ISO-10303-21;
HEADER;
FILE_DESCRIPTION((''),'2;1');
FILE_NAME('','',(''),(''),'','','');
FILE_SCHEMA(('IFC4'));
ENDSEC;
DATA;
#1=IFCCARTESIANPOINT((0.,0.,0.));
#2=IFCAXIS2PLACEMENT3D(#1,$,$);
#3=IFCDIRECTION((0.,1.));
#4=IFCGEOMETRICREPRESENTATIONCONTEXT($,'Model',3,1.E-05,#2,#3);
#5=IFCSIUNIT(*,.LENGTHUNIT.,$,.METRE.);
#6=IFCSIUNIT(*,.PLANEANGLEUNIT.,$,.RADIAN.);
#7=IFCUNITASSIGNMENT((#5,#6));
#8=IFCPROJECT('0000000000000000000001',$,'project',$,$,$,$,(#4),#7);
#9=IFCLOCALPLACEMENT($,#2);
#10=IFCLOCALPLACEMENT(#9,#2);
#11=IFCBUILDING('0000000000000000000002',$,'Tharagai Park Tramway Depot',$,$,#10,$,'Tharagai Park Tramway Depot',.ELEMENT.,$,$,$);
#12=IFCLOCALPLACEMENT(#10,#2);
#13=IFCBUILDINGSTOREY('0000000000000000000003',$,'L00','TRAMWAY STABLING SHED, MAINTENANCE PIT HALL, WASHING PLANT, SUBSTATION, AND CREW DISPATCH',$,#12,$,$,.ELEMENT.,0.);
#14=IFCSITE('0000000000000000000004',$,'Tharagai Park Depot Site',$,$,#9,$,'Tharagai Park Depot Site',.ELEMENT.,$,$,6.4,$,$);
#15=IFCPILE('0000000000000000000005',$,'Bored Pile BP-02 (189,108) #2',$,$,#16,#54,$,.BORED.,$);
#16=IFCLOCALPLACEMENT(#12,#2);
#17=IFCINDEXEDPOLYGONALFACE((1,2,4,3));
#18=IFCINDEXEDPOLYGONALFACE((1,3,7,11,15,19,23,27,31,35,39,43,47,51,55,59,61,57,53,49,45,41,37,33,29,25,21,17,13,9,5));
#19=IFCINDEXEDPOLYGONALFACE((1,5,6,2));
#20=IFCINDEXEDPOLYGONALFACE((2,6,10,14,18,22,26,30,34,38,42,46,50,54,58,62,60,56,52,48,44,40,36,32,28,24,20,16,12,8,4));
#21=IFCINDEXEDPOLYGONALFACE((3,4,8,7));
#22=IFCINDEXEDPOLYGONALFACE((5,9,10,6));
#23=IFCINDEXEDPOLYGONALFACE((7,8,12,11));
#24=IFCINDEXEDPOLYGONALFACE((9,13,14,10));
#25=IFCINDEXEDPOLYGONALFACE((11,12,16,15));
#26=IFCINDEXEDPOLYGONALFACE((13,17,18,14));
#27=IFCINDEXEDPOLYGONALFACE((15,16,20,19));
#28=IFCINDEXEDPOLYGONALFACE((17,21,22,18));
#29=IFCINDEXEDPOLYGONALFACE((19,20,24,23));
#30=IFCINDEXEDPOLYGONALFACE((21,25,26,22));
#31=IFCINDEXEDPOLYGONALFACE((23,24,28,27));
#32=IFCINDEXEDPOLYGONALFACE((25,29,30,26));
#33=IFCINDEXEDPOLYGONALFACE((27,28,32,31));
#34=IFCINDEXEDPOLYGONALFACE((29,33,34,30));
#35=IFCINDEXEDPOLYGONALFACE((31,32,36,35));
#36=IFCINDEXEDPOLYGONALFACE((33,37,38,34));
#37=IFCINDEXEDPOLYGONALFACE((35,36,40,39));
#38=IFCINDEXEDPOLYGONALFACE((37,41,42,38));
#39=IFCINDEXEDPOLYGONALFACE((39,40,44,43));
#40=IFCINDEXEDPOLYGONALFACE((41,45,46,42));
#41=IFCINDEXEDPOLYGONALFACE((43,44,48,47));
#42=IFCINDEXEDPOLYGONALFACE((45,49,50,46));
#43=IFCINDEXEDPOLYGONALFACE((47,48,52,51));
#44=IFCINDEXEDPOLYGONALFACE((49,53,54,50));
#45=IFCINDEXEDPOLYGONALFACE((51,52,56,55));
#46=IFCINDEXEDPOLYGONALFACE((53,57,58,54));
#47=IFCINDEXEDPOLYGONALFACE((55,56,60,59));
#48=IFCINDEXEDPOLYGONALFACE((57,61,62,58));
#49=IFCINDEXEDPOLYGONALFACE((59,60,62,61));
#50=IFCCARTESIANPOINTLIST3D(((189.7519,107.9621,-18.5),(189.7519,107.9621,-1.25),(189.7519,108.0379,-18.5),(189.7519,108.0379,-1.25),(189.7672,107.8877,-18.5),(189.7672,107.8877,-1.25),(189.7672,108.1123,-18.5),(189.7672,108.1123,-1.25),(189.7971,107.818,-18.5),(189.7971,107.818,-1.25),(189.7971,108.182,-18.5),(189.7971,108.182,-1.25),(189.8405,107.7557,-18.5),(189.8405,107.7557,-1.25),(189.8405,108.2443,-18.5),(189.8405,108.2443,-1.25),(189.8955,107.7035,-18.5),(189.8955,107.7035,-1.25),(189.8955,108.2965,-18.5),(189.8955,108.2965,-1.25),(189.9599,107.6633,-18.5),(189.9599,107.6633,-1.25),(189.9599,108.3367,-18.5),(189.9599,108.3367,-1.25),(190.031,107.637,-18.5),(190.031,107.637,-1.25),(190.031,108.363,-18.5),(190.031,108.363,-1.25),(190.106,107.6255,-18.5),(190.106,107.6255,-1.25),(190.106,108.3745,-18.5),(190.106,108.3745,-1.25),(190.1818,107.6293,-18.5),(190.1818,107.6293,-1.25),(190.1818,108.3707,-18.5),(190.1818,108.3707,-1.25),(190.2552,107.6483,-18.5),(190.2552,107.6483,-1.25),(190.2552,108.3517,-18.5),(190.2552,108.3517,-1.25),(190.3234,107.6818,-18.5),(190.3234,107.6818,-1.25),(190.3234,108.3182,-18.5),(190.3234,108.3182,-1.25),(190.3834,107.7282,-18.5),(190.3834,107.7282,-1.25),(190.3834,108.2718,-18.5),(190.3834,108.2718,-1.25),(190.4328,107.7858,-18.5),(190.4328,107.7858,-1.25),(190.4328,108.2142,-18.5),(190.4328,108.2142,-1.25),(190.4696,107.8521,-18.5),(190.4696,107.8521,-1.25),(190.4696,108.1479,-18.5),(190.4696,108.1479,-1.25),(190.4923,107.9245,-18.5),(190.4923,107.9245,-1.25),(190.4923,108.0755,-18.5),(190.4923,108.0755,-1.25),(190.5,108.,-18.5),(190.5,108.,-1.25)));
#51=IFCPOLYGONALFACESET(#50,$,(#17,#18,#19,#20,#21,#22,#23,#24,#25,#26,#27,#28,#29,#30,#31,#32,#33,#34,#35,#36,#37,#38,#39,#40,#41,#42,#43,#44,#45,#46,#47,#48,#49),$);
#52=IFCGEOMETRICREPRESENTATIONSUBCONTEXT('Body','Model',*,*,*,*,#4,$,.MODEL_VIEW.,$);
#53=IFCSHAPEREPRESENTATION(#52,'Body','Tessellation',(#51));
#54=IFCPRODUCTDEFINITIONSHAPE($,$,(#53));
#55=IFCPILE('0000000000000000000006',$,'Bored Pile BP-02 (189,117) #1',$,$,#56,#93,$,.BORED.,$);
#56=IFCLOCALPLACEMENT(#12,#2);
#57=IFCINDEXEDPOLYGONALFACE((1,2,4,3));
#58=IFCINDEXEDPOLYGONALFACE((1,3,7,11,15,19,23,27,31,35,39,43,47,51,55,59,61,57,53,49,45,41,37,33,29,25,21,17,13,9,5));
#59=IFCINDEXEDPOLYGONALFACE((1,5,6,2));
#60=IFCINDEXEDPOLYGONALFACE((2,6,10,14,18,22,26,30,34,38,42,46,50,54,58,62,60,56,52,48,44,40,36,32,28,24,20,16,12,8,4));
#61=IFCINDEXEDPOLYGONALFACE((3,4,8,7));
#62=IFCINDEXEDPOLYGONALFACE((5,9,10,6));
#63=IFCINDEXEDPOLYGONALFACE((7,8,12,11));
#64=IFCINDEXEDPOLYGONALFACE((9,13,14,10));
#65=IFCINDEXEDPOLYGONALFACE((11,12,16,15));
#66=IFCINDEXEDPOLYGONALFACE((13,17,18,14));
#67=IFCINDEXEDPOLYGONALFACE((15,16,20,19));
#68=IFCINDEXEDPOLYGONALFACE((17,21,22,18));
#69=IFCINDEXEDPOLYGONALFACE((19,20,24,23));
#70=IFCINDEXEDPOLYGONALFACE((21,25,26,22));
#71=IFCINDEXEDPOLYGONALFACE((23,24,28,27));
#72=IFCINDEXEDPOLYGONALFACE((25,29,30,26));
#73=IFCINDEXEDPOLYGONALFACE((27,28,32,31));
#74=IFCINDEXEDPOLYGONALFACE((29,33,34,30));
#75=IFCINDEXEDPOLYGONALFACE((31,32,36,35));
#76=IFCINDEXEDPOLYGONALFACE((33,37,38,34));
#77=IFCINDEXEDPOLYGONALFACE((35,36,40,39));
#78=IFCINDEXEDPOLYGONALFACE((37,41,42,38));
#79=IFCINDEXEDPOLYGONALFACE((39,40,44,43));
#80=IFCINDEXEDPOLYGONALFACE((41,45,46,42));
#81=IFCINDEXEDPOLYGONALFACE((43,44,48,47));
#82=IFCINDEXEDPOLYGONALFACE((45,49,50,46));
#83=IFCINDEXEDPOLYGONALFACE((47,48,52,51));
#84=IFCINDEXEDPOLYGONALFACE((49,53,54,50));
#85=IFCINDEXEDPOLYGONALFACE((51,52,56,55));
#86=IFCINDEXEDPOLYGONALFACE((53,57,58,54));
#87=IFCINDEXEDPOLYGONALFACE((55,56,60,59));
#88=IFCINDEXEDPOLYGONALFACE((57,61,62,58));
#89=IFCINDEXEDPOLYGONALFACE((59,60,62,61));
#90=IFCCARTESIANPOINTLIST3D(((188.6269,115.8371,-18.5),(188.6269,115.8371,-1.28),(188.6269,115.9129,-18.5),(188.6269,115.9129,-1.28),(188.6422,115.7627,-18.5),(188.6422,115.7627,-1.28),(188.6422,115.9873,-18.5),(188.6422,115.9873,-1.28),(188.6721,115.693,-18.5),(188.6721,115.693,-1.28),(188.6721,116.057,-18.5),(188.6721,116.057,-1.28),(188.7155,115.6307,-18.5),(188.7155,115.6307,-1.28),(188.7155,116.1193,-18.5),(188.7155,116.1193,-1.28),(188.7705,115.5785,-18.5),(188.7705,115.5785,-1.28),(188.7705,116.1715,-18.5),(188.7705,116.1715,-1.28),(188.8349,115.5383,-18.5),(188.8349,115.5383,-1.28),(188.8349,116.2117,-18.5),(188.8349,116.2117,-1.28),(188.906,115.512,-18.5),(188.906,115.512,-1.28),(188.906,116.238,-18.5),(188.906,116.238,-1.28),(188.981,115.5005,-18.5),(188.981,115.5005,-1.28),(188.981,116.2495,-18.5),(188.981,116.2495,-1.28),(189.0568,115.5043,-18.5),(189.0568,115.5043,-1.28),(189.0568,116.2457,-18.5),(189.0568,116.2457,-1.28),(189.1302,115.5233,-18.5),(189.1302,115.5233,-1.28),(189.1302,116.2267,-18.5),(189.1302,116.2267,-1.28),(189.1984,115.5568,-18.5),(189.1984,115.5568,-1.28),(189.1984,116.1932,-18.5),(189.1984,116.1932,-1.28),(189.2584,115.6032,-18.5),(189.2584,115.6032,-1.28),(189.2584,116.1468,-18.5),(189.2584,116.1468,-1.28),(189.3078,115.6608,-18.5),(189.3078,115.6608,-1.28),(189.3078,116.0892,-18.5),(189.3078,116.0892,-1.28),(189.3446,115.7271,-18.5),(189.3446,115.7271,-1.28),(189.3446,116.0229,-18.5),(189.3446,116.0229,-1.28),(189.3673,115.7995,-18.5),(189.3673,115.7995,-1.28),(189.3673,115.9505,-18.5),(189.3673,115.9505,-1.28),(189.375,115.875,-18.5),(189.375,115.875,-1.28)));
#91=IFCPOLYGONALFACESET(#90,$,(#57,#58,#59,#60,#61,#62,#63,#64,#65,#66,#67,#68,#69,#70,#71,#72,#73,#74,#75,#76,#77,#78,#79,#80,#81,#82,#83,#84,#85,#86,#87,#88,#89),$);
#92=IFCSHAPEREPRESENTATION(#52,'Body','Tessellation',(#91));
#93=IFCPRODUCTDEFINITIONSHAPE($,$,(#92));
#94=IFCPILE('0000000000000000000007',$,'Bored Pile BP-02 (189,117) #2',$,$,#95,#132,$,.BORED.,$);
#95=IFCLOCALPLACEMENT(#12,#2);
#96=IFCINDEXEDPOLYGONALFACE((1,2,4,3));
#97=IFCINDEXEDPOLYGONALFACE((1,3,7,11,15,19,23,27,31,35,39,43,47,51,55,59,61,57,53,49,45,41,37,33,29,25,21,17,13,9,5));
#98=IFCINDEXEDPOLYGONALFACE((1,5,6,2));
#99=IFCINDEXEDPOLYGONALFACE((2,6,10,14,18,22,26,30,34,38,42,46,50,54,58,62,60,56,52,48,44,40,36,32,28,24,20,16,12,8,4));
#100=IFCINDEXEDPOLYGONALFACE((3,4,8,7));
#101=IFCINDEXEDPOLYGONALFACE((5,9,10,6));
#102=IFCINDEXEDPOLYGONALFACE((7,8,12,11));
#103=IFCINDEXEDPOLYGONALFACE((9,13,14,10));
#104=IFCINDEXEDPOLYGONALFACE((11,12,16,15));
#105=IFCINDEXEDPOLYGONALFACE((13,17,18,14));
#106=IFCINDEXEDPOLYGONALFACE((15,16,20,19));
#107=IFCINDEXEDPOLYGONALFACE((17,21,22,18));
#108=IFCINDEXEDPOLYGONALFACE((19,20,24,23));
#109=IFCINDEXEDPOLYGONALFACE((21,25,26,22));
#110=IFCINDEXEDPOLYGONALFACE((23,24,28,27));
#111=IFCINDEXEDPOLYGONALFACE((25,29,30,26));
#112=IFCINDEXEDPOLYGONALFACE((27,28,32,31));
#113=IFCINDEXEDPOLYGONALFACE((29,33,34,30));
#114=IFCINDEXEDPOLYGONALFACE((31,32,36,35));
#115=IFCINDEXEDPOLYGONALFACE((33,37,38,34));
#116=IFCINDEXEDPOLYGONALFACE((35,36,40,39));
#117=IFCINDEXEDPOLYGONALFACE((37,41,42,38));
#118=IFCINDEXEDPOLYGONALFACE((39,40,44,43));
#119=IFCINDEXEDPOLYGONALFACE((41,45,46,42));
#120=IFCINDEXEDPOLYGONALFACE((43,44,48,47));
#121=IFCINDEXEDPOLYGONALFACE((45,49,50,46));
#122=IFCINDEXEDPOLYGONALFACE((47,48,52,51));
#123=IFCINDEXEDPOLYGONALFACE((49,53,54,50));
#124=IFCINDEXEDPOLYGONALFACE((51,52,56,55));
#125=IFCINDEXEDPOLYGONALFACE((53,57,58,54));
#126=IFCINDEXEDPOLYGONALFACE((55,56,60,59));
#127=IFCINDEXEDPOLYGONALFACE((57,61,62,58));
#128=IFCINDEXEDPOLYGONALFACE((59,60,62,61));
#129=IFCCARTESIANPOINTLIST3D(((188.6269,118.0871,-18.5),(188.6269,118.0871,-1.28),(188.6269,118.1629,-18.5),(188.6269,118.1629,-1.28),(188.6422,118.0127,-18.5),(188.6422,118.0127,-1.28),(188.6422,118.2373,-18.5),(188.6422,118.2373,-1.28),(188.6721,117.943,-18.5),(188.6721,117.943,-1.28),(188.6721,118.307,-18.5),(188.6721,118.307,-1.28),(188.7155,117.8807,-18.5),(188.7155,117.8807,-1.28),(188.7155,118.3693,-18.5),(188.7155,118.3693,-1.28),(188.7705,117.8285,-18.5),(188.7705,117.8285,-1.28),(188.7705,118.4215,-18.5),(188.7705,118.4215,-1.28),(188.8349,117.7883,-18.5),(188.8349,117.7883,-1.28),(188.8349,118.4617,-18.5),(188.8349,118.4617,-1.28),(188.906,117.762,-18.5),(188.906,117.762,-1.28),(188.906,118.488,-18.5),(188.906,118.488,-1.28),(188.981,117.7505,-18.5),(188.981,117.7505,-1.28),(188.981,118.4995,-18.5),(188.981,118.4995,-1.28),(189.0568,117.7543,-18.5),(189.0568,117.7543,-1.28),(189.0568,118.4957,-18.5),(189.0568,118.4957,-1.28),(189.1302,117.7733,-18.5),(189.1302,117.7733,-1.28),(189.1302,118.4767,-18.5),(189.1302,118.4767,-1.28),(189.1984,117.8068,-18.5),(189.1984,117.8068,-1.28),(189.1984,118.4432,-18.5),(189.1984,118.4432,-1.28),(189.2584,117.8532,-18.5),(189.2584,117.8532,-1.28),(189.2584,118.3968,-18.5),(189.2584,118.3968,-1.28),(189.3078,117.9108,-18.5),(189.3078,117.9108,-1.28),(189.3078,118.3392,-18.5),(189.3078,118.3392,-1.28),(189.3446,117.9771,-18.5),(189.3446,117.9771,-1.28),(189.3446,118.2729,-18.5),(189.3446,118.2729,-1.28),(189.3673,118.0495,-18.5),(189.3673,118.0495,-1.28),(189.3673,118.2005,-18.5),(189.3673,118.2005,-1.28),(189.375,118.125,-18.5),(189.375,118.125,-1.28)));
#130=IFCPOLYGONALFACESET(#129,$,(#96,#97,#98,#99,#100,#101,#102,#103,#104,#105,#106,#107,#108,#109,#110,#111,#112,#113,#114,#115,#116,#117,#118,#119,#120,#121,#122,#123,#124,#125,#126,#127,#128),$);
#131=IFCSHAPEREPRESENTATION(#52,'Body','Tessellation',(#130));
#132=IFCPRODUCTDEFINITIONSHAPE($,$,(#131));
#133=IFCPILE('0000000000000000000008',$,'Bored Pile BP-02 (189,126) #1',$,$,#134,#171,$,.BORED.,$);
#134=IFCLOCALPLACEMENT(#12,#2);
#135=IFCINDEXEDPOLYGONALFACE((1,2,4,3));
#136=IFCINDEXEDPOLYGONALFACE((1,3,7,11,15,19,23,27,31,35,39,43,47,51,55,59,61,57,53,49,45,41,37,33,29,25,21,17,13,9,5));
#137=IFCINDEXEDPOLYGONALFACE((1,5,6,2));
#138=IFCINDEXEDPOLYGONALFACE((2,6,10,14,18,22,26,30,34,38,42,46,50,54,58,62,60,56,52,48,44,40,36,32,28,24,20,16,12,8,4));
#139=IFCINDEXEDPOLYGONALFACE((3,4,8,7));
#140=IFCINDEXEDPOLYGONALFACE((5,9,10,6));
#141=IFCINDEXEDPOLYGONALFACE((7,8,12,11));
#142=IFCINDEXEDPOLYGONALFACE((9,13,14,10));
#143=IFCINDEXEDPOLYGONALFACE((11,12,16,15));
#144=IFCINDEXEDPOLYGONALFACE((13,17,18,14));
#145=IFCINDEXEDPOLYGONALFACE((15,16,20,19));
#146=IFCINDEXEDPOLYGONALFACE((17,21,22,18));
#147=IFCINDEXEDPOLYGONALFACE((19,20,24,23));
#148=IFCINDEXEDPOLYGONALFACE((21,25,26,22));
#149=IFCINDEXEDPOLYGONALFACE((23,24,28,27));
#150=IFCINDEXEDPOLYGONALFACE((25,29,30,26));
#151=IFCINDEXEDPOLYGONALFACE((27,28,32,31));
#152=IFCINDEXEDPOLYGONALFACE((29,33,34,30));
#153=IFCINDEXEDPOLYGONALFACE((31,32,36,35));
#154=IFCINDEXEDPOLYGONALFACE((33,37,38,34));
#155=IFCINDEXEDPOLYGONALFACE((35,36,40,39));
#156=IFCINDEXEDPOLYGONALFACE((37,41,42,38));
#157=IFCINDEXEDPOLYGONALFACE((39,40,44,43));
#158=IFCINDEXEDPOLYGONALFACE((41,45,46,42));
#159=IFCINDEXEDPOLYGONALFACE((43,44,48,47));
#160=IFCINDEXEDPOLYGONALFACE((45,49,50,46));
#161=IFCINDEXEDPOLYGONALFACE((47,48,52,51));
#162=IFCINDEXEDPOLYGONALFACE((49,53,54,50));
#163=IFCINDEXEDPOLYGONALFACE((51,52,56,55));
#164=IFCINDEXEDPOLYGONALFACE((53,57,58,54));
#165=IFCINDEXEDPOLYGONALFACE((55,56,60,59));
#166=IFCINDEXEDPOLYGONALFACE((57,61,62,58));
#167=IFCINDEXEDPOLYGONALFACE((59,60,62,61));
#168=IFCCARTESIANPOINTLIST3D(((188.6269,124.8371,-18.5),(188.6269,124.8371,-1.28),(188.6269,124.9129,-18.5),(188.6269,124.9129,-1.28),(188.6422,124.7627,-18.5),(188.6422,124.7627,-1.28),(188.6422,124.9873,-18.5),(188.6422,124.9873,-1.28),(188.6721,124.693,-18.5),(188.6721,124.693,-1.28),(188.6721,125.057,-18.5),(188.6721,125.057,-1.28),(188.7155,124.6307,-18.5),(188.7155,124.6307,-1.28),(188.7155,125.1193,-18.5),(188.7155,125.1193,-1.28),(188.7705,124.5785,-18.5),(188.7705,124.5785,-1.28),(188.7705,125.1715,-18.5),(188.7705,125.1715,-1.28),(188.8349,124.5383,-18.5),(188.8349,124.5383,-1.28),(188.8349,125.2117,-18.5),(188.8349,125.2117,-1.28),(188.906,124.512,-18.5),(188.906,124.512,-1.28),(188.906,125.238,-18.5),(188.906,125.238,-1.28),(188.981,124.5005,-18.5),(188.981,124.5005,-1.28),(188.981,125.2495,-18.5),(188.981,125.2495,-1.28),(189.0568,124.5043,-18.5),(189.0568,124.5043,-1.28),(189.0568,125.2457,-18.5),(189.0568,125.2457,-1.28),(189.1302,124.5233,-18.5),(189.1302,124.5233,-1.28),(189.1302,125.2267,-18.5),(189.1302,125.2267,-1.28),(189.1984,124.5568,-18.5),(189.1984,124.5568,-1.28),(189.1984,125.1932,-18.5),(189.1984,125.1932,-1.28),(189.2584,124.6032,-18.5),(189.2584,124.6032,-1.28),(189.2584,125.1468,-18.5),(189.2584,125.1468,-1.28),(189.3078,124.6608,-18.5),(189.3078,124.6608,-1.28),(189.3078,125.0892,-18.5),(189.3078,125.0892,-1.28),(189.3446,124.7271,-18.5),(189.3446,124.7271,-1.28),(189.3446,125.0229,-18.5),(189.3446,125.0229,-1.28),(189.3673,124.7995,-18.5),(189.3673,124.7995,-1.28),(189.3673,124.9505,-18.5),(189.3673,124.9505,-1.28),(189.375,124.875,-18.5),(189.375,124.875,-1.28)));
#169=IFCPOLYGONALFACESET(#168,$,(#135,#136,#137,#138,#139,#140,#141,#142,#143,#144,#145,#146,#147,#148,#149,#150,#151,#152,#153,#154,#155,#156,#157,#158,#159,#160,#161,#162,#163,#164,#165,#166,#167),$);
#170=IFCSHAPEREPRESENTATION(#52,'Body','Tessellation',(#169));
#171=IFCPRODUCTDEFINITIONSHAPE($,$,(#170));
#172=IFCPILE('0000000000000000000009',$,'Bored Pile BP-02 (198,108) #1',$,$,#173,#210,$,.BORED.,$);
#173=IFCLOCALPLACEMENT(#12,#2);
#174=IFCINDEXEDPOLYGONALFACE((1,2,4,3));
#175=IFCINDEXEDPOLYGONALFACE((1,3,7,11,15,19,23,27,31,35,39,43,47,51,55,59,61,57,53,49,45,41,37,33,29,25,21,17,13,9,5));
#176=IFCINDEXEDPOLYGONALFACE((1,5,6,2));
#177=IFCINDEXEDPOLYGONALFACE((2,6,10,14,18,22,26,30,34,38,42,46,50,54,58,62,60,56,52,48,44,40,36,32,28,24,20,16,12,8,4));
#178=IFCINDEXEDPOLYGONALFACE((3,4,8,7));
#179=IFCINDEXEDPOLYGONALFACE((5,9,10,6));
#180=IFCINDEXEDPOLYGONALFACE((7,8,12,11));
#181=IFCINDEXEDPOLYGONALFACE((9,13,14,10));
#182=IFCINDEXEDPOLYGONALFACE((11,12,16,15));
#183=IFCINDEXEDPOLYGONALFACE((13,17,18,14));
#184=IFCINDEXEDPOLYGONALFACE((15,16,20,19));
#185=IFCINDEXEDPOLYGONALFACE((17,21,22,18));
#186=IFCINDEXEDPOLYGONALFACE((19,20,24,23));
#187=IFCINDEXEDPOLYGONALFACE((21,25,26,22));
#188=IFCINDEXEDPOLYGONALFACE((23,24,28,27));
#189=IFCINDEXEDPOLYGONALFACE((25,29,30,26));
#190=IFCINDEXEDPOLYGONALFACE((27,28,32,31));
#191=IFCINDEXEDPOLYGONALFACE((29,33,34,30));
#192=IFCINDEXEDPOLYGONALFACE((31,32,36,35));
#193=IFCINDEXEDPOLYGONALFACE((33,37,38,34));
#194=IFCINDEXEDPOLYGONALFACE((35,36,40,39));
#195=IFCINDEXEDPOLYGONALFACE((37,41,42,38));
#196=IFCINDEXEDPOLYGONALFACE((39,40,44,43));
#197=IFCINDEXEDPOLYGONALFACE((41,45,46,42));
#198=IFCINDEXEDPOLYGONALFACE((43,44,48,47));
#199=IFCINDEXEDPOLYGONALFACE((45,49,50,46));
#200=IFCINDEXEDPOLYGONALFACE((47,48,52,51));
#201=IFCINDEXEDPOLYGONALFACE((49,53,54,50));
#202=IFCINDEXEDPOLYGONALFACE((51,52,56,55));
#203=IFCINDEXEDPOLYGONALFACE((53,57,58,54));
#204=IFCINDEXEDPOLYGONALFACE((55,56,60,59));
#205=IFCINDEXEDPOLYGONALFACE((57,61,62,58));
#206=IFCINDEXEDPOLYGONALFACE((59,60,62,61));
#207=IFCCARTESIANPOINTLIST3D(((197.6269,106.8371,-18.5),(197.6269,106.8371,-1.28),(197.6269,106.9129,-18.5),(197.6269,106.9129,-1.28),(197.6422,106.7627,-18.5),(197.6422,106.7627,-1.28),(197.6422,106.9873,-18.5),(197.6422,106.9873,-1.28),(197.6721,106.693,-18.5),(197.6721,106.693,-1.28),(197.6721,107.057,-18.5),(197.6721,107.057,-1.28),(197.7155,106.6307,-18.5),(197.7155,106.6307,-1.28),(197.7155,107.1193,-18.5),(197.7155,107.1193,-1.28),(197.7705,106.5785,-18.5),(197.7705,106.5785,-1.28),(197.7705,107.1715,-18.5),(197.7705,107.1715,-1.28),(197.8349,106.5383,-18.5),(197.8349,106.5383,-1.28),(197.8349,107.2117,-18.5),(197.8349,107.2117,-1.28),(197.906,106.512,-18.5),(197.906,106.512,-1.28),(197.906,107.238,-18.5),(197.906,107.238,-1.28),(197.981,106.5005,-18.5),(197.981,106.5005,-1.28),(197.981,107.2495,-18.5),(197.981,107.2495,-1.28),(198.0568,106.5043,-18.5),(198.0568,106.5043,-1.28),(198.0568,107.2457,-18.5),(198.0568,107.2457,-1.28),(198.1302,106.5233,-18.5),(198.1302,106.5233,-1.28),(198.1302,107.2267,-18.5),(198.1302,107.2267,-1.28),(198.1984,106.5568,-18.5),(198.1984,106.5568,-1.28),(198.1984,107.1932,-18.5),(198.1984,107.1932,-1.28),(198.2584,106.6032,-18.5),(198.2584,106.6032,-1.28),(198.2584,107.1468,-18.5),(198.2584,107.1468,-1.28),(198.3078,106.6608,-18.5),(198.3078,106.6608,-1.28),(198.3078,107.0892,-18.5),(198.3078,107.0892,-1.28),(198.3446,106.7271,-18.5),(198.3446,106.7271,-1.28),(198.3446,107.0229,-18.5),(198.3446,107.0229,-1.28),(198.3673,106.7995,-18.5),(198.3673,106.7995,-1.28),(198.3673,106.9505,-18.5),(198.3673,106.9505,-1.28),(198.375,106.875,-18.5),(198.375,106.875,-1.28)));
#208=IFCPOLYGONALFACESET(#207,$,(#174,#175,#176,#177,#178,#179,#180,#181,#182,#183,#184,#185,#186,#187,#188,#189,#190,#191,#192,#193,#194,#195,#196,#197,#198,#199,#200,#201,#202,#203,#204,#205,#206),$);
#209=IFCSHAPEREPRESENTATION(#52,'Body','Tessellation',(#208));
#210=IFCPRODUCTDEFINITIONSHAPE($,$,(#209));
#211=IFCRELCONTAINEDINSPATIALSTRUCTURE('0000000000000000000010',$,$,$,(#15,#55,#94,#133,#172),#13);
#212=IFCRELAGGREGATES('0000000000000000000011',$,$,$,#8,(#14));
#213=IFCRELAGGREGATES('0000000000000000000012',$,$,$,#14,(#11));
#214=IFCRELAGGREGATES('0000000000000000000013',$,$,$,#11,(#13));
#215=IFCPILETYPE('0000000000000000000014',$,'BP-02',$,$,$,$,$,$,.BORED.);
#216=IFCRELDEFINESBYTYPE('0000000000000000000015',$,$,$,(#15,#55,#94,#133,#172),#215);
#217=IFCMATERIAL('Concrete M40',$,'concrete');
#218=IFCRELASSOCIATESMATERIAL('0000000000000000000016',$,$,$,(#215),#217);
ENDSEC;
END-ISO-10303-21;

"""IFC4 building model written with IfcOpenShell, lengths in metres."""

from ifc_helpers import new_model, si_unit, direction, frame, origin, origin_2d, place, context, subcontext, project, spatial, circle, extrude, material, material_profile, profile_set, type_object, element, save


model = new_model("IFC4")

# Units and contexts
model_context = context("Model", 3, precision=1e-05, world=origin(), true_north=direction((0.0, 1.0)))
body_context = subcontext(model_context, "Body", "Model", "MODEL_VIEW")
ifc_project = project(units=[si_unit("LENGTHUNIT", "METRE"), si_unit("PLANEANGLEUNIT", "RADIAN")], contexts=[model_context])

# Site, building, storey
site_placement = place(None, origin())
site = spatial("IfcSite", under=ifc_project, at=site_placement, Name="Tharagai Park Depot Site", LongName="Tharagai Park Depot Site", CompositionType="ELEMENT", RefElevation=6.4)
building_placement = place(site_placement, origin())
building = spatial("IfcBuilding", under=site, at=building_placement, Name="Tharagai Park Tramway Depot", LongName="Tharagai Park Tramway Depot", CompositionType="ELEMENT")
storey_placement = place(building_placement, origin())
storey = spatial("IfcBuildingStorey", under=building, at=storey_placement, Name="L00", Description="TRAMWAY STABLING SHED, MAINTENANCE PIT HALL, WASHING PLANT, SUBSTATION, AND CREW DISPATCH", CompositionType="ELEMENT", Elevation=0.0)

# Piles
ifc_material_1 = material(Name="Concrete M40", Category="concrete")
ifc_material_profile_1 = material_profile(ifc_material_1, circle(Radius=0.375, at=origin_2d()), Name="PILE D750")
ifc_profile_set_1 = profile_set([ifc_material_profile_1], Name="Concrete M40")
pile_type = type_object("IfcPileType", Name="BP-02", PredefinedType="BORED", material=ifc_profile_set_1)
pile_1_placement = place(storey_placement, frame((190.125, 108.0, -1.25), z_axis=(0.0, 0.0, -1.0), x_axis=(1.0, 0.0, 0.0)))
element("IfcPile", 1, at=pile_1_placement, inside=storey, type_object=pile_type, Name="Bored Pile BP-02 (189,108) #2", PredefinedType="BORED", context=body_context, shape_type="SweptSolid", body=[
    extrude(circle(Radius=0.375, at=origin_2d()), origin(), (0.0, 0.0, 1.0), 17.25),
])
for number, where, z_axis, x_axis, name in (
    (2, (189.0, 115.875, -1.28), (0.0, 0.0, -1.0), (1.0, 0.0, 0.0), "Bored Pile BP-02 (189,117) #1"),
    (3, (189.0, 118.125, -1.28), (0.0, 0.0, -1.0), (1.0, 0.0, 0.0), "Bored Pile BP-02 (189,117) #2"),
    (4, (189.0, 124.875, -1.28), (0.0, 0.0, -1.0), (1.0, 0.0, 0.0), "Bored Pile BP-02 (189,126) #1"),
    (5, (198.0, 106.875, -1.28), (0.0, 0.0, -1.0), (1.0, 0.0, 0.0), "Bored Pile BP-02 (198,108) #1"),
):
    element("IfcPile", number, at=place(storey_placement, frame(where, z_axis=z_axis, x_axis=x_axis)), inside=storey, type_object=pile_type, Name=name, PredefinedType="BORED", context=body_context, shape_type="SweptSolid", body=[
        extrude(circle(Radius=0.375, at=origin_2d()), origin(), (0.0, 0.0, 1.0), 17.22),
    ])

save(model, "model.ifc")
